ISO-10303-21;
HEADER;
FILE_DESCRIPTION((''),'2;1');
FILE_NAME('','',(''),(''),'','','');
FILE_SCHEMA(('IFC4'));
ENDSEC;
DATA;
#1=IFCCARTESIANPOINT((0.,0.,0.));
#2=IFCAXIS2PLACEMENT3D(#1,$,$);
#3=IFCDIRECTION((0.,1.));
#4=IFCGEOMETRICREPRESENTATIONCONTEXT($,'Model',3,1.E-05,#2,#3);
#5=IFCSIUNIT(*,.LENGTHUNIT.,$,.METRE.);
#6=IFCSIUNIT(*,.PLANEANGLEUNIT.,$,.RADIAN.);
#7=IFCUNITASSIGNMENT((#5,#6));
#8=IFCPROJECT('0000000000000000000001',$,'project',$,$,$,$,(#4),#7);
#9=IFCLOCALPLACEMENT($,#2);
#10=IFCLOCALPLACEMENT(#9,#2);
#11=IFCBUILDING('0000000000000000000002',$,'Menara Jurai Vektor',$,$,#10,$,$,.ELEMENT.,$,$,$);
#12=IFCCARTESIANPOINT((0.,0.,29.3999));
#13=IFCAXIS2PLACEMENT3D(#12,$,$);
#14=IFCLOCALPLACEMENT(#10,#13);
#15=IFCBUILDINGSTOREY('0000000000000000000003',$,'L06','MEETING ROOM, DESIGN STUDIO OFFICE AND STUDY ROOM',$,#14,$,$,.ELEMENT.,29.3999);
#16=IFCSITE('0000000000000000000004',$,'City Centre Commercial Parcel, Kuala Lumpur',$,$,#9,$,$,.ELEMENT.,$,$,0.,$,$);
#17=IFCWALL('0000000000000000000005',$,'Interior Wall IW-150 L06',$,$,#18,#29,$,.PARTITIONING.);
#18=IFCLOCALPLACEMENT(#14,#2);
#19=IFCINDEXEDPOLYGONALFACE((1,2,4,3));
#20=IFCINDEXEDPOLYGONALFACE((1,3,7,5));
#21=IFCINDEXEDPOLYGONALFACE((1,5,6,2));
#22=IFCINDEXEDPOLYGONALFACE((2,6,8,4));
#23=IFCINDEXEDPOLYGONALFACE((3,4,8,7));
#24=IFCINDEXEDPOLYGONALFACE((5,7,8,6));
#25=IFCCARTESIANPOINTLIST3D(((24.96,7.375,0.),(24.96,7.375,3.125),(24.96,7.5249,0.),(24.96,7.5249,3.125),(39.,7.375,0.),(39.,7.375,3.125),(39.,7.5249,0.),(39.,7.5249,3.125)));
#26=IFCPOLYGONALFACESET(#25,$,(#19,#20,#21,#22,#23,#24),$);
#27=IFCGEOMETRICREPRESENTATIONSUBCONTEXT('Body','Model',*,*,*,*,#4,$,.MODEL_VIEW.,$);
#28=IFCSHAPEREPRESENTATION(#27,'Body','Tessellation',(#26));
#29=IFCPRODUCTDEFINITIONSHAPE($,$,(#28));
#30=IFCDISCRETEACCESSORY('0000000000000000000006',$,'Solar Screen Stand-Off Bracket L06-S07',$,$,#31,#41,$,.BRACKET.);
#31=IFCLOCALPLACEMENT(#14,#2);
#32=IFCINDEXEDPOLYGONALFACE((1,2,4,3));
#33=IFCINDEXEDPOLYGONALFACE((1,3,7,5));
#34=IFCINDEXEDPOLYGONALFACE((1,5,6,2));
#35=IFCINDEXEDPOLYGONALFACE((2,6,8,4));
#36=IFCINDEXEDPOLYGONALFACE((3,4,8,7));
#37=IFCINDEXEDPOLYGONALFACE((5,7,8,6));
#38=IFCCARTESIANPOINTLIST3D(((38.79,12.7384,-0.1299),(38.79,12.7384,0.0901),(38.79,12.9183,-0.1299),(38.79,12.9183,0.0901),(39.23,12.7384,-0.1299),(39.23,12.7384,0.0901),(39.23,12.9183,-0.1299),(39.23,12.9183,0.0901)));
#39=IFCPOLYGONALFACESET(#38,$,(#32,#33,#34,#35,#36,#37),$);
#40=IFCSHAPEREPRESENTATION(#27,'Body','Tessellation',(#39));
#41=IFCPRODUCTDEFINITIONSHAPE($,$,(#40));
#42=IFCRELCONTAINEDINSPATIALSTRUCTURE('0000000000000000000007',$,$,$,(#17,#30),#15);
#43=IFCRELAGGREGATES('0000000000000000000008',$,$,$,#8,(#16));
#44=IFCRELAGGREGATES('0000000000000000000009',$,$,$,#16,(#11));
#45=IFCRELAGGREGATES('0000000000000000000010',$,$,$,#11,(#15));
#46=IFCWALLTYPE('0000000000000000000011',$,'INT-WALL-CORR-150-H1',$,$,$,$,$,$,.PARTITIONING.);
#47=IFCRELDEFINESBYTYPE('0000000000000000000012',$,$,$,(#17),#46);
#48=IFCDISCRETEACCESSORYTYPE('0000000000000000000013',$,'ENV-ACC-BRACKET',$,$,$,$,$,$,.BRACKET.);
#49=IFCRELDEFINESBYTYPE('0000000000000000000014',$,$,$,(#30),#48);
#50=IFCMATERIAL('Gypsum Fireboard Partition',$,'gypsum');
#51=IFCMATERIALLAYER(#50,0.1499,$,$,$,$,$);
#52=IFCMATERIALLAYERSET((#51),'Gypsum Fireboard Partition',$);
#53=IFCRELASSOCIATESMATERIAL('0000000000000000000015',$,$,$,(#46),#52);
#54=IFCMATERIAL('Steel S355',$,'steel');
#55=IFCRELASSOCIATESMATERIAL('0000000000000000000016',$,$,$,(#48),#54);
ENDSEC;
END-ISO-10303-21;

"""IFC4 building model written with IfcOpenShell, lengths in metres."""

from ifc_helpers import new_model, si_unit, direction, frame, frame_2d, origin, origin_2d, place, context, subcontext, project, spatial, rectangle, extrude, material, layer, layer_set, type_object, element, save


model = new_model("IFC4")

# Units and contexts
model_context = context("Model", 3, precision=1e-05, world=origin(), true_north=direction((0.0, 1.0)))
body_context = subcontext(model_context, "Body", "Model", "MODEL_VIEW")
ifc_project = project(units=[si_unit("LENGTHUNIT", "METRE"), si_unit("PLANEANGLEUNIT", "RADIAN")], contexts=[model_context])

# Site, building, storey
site_placement = place(None, origin())
site = spatial("IfcSite", under=ifc_project, at=site_placement, Name="City Centre Commercial Parcel, Kuala Lumpur", CompositionType="ELEMENT", RefElevation=0.0)
building_placement = place(site_placement, origin())
building = spatial("IfcBuilding", under=site, at=building_placement, Name="Menara Jurai Vektor", CompositionType="ELEMENT")
storey_placement = place(building_placement, frame((0.0, 0.0, 29.3999)))
storey = spatial("IfcBuildingStorey", under=building, at=storey_placement, Name="L06", Description="MEETING ROOM, DESIGN STUDIO OFFICE AND STUDY ROOM", CompositionType="ELEMENT", Elevation=29.3999)

# Shared definitions
ifc_material_1 = material(Name="Steel S355", Category="steel")

# Shared definitions
ifc_material_2 = material(Name="Gypsum Fireboard Partition", Category="gypsum")

# Wall
ifc_layer_1 = layer(ifc_material_2, 0.1499)
ifc_layer_set_1 = layer_set([ifc_layer_1], Name="Gypsum Fireboard Partition")
wall_type_1 = type_object("IfcWallType", Name="INT-WALL-CORR-150-H1", PredefinedType="PARTITIONING", material=ifc_layer_set_1)
wall_1_placement = place(storey_placement, frame((24.96, 7.45, 0.0), z_axis=(0.0, 0.0, 1.0), x_axis=(1.0, 0.0, 0.0)))
element("IfcWall", 1, at=wall_1_placement, inside=storey, type_object=wall_type_1, Name="Interior Wall IW-150 L06", PredefinedType="PARTITIONING", context=body_context, shape_type="SweptSolid", body=[
    extrude(rectangle(XDim=14.04, YDim=0.1499, at=frame_2d((7.02, 0.0))), origin(), (0.0, 0.0, 1.0), 3.125),
])

# Discrete accessory
discrete_accessory_type = type_object("IfcDiscreteAccessoryType", Name="ENV-ACC-BRACKET", PredefinedType="BRACKET", material=ifc_material_1)
discrete_accessory_placement = place(storey_placement, frame((39.01, 12.8284, -0.1299), z_axis=(0.0, 0.0, 1.0), x_axis=(0.0, 1.0, 0.0)))
element("IfcDiscreteAccessory", 2, at=discrete_accessory_placement, inside=storey, type_object=discrete_accessory_type, Name="Solar Screen Stand-Off Bracket L06-S07", PredefinedType="BRACKET", context=body_context, shape_type="SweptSolid", body=[
    extrude(rectangle(XDim=0.1799, YDim=0.4399, at=origin_2d()), origin(), (0.0, 0.0, 1.0), 0.22),
])

save(model, "model.ifc")
